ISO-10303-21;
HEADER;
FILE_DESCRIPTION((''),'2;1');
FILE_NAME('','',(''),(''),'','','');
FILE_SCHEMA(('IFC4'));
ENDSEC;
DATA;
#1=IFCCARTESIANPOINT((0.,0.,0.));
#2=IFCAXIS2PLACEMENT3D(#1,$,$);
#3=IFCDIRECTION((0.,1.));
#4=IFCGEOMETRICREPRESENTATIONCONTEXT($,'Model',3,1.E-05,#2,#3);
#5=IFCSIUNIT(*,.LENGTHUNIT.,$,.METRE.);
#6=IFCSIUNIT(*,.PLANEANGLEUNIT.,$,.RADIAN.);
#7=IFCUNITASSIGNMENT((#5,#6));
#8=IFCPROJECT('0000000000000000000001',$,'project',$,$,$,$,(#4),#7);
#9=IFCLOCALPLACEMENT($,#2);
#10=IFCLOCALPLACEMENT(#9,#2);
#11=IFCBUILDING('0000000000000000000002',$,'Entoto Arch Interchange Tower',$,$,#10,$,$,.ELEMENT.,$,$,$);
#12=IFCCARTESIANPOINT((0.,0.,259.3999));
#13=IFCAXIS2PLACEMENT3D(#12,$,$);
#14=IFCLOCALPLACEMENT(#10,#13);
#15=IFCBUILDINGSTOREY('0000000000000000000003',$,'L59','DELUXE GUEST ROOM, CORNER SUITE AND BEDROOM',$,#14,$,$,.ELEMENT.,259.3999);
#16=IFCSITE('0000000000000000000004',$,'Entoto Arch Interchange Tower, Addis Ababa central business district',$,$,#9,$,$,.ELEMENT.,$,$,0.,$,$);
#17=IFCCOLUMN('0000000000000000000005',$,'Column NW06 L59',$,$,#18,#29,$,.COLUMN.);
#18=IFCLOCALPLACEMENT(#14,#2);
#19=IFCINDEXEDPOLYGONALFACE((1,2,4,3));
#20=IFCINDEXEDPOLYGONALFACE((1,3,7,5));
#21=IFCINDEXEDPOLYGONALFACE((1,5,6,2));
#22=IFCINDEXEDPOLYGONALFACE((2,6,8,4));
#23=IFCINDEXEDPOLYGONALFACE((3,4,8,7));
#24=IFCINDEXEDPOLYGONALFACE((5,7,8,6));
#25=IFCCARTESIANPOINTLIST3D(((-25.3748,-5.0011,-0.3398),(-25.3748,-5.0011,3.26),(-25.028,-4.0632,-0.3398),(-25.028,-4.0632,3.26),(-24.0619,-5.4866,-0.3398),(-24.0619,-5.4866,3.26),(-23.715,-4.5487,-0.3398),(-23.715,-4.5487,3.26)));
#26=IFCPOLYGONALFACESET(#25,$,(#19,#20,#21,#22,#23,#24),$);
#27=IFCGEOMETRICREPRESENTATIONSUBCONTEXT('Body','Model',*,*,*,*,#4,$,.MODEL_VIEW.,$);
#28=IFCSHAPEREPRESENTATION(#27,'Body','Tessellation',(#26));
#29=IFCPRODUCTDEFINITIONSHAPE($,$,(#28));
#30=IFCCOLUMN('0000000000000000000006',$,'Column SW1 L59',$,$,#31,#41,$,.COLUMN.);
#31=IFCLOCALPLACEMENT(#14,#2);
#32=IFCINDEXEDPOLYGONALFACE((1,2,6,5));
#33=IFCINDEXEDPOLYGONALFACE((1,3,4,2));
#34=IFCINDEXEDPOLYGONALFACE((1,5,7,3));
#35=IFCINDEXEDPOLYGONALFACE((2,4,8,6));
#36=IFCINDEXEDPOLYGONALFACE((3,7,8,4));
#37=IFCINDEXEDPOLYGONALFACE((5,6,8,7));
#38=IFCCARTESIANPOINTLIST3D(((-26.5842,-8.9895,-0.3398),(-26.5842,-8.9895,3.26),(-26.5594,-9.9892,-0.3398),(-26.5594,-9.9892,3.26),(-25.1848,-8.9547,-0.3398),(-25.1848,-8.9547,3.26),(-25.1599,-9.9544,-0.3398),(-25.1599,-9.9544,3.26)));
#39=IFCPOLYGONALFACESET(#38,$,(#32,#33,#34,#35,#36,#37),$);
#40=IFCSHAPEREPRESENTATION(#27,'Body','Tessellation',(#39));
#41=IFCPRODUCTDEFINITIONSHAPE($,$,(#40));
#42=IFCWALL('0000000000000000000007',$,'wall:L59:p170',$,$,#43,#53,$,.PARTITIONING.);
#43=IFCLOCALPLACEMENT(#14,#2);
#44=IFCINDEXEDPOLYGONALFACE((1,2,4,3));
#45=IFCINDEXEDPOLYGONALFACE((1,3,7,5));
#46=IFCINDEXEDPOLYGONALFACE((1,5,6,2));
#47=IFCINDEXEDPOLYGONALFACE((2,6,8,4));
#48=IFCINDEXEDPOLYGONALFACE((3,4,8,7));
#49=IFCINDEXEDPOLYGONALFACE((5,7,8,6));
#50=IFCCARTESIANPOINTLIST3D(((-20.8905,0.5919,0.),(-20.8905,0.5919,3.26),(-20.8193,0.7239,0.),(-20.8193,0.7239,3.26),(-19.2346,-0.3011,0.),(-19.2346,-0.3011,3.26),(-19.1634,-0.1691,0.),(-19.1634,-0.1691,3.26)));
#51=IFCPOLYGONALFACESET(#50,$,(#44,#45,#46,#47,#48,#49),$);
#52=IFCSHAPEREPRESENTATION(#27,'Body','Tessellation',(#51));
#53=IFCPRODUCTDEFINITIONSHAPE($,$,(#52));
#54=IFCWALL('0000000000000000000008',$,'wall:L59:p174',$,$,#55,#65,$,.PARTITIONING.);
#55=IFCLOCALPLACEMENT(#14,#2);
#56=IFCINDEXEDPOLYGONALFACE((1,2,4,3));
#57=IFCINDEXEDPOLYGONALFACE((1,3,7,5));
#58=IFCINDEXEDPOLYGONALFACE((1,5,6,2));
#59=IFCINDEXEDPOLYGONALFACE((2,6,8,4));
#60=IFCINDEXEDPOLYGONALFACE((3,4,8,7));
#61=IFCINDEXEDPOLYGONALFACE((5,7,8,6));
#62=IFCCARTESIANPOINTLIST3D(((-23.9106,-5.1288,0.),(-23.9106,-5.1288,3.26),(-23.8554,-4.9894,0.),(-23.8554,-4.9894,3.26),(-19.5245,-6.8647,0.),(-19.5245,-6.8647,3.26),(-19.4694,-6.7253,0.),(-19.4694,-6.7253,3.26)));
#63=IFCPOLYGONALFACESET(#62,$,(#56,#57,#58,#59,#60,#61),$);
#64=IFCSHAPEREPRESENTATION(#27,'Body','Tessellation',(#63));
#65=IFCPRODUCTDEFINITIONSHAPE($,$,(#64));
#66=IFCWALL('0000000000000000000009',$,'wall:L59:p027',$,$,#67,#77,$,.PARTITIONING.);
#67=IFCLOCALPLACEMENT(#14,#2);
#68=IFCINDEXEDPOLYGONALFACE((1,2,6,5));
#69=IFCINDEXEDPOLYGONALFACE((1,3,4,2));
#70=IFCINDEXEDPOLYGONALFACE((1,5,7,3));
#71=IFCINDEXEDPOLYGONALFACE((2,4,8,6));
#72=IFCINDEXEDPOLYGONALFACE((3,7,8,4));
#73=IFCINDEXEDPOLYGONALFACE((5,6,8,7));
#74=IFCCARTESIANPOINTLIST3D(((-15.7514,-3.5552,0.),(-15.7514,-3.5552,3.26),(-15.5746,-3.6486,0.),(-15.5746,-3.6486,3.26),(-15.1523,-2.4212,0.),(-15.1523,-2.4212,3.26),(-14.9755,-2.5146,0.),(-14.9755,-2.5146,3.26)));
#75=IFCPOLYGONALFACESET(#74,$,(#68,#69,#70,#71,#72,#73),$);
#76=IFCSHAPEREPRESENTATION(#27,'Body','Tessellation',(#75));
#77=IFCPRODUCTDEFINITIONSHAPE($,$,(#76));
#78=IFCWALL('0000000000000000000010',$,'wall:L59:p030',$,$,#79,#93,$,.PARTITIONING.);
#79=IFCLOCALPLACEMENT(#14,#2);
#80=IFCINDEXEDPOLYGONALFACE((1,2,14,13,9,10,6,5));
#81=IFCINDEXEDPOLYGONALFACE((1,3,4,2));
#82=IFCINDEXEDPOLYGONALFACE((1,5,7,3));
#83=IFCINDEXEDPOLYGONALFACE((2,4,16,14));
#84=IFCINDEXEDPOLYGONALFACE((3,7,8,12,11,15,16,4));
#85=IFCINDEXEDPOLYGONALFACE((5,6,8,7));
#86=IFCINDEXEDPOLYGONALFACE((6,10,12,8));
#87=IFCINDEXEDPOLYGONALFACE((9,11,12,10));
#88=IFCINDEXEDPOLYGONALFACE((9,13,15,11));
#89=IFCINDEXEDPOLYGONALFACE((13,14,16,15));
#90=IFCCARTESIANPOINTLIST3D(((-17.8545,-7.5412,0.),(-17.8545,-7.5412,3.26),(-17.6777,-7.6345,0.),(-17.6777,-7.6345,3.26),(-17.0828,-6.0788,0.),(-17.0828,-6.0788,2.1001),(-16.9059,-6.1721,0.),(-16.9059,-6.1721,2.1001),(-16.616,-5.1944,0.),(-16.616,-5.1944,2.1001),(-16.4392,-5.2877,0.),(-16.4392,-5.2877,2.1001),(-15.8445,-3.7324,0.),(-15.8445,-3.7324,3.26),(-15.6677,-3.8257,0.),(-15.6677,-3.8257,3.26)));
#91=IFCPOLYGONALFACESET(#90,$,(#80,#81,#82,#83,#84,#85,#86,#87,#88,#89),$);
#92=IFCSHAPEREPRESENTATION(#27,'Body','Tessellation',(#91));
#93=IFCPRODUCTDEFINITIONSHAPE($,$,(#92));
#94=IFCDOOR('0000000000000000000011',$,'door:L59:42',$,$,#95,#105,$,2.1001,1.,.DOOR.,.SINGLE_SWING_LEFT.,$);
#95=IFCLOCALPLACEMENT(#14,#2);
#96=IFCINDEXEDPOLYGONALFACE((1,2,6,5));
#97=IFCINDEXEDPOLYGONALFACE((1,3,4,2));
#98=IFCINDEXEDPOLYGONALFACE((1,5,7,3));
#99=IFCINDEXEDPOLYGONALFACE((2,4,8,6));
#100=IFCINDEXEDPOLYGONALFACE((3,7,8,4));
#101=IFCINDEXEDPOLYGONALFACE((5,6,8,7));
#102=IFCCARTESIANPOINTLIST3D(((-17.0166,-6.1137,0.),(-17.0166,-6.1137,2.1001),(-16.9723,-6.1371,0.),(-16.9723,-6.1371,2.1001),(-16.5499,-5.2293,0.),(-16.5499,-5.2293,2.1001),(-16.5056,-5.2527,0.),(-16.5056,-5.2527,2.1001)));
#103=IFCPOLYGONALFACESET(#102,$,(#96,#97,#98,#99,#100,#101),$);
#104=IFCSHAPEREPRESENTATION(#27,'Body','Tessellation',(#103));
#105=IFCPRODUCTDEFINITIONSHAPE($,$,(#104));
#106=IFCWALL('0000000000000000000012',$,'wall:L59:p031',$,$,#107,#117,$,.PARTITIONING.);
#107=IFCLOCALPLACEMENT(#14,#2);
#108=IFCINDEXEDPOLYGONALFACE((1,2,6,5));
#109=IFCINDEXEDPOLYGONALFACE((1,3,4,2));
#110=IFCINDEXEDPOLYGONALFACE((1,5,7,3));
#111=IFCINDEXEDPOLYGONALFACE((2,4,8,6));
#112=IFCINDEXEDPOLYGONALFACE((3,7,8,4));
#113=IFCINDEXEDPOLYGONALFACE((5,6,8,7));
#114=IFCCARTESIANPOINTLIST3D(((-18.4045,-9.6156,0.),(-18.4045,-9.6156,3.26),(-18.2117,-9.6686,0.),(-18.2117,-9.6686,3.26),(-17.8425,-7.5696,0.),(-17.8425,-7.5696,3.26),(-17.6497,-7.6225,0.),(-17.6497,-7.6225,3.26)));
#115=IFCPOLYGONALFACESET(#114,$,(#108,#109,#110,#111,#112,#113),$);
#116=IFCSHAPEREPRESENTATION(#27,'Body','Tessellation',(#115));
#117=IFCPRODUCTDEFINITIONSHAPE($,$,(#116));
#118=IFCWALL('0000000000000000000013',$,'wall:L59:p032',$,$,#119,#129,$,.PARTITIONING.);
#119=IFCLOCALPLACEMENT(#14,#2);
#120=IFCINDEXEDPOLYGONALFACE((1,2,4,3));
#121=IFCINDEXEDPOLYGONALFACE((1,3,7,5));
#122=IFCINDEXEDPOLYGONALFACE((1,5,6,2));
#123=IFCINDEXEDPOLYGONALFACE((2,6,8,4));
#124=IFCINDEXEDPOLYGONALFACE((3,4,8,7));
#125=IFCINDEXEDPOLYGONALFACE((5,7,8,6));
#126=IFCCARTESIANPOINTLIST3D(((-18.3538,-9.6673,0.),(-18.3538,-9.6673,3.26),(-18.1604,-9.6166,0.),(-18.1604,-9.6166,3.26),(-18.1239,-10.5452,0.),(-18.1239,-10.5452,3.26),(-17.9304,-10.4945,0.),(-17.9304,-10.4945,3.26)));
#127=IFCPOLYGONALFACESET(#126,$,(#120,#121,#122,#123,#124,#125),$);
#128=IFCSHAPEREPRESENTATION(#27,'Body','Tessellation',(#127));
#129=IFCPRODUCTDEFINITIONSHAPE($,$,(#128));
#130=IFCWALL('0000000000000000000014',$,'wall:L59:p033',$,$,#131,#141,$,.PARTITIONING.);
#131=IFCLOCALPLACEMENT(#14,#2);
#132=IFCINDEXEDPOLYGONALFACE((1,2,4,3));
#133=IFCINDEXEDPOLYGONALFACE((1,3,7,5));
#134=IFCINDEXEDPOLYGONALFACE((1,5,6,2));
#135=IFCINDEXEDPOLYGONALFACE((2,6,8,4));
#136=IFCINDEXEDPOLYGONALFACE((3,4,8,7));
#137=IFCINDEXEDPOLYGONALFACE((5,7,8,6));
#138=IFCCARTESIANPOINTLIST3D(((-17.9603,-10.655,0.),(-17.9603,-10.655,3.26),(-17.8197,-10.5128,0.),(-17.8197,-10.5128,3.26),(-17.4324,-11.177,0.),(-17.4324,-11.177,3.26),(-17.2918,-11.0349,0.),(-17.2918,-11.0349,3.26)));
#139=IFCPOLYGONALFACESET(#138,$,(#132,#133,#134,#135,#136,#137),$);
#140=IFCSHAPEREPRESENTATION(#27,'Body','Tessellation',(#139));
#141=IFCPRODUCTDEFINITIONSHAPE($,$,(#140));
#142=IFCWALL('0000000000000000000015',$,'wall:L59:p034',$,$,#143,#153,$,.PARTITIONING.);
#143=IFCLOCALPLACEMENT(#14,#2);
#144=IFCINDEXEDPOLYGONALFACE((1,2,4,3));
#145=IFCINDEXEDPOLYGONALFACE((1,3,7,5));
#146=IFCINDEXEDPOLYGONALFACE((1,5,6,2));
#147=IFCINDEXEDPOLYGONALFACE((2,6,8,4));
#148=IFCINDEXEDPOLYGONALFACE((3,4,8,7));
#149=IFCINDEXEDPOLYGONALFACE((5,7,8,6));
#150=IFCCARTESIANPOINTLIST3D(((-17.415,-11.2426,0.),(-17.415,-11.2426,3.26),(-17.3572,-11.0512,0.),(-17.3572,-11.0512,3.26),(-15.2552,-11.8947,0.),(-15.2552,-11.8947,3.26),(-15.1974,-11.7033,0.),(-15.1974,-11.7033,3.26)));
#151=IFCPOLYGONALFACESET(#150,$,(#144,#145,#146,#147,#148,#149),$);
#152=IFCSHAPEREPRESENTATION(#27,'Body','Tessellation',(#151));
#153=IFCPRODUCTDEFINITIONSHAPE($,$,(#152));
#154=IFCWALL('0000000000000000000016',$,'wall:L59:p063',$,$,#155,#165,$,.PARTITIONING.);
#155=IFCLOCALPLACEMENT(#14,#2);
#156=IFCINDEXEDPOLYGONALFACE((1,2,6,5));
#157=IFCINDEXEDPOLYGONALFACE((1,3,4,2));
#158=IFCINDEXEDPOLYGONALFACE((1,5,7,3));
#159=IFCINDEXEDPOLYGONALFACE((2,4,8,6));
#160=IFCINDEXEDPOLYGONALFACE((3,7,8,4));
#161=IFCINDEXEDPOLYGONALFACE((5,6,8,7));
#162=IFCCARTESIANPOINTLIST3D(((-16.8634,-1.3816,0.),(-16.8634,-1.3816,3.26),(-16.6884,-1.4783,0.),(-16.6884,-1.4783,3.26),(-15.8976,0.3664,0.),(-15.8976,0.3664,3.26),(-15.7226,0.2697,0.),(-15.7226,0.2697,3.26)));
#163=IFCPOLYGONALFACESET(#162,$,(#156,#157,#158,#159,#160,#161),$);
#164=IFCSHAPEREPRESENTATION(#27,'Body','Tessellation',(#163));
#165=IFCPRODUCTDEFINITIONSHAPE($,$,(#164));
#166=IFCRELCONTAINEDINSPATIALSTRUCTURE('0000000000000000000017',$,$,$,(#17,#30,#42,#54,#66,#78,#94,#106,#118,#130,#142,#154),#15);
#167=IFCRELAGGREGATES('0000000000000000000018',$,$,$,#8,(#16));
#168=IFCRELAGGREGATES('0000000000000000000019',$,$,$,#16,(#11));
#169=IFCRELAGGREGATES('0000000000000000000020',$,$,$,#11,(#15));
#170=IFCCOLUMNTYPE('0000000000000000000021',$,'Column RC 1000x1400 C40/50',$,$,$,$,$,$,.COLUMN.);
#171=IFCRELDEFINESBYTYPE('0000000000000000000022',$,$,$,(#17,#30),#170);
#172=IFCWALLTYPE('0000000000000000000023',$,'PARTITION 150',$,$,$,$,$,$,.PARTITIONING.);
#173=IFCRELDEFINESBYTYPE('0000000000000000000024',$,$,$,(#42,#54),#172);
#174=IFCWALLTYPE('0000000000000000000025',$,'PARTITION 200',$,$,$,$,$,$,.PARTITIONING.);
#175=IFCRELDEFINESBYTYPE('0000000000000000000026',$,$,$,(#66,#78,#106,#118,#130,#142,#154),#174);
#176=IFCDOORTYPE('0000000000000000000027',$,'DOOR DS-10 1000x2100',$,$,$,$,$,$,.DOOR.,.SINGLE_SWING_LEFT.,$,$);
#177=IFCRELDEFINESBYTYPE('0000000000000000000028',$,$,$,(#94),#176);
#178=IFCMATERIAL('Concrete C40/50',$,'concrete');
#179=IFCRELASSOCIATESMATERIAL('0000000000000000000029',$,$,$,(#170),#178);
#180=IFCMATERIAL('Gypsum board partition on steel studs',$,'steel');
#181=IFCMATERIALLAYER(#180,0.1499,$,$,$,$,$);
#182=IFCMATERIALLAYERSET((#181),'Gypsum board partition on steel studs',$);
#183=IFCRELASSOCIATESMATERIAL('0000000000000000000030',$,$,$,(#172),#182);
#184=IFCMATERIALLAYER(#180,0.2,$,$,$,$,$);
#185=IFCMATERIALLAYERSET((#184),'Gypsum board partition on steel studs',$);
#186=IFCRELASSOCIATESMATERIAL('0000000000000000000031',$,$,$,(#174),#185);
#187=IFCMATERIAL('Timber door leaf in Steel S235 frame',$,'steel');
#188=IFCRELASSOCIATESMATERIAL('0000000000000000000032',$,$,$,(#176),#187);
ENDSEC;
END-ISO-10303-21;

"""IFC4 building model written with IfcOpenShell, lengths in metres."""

from ifc_helpers import new_model, si_unit, direction, frame, frame_2d, origin, origin_2d, place, context, subcontext, project, spatial, rectangle, extrude, material, layer, layer_set, material_profile, profile_set, type_object, element, fill, save


model = new_model("IFC4")

# Units and contexts
model_context = context("Model", 3, precision=1e-05, world=origin(), true_north=direction((0.0, 1.0)))
body_context = subcontext(model_context, "Body", "Model", "MODEL_VIEW")
ifc_project = project(units=[si_unit("LENGTHUNIT", "METRE"), si_unit("PLANEANGLEUNIT", "RADIAN")], contexts=[model_context])

# Site, building, storey
site_placement = place(None, origin())
site = spatial("IfcSite", under=ifc_project, at=site_placement, Name="Entoto Arch Interchange Tower, Addis Ababa central business district", CompositionType="ELEMENT", RefElevation=0.0)
building_placement = place(site_placement, origin())
building = spatial("IfcBuilding", under=site, at=building_placement, Name="Entoto Arch Interchange Tower", CompositionType="ELEMENT")
storey_placement = place(building_placement, frame((0.0, 0.0, 259.3999)))
storey = spatial("IfcBuildingStorey", under=building, at=storey_placement, Name="L59", Description="DELUXE GUEST ROOM, CORNER SUITE AND BEDROOM", CompositionType="ELEMENT", Elevation=259.3999)

# Columns
ifc_material_1 = material(Name="Concrete C40/50", Category="concrete")
ifc_material_profile = material_profile(ifc_material_1, rectangle(XDim=1.0, YDim=1.3999, at=origin_2d()))
ifc_profile_set = profile_set([ifc_material_profile], Name="Concrete C40/50")
column_type = type_object("IfcColumnType", Name="Column RC 1000x1400 C40/50", PredefinedType="COLUMN", material=ifc_profile_set)
for number, where, z_axis, x_axis, name in (
    (1, (-24.5449, -4.7749, -0.3398), (0.0, 0.0, 1.0), (0.346854, 0.937919, 0.0), "Column NW06 L59"),
    (2, (-25.8721, -9.4719, -0.3398), (0.0, 0.0, 1.0), (-0.024833, 0.999692, 0.0), "Column SW1 L59"),
):
    element("IfcColumn", number, at=place(storey_placement, frame(where, z_axis=z_axis, x_axis=x_axis)), inside=storey, type_object=column_type, Name=name, PredefinedType="COLUMN", context=body_context, shape_type="SweptSolid", body=[
        extrude(rectangle(XDim=1.0, YDim=1.3999, at=origin_2d()), origin(), (0.0, 0.0, 1.0), 3.5999),
    ])

# Walls
ifc_material_2 = material(Name="Gypsum board partition on steel studs", Category="steel")
ifc_layer_1 = layer(ifc_material_2, 0.1499)
ifc_layer_set_1 = layer_set([ifc_layer_1], Name="Gypsum board partition on steel studs")
wall_type_1 = type_object("IfcWallType", Name="PARTITION 150", PredefinedType="PARTITIONING", material=ifc_layer_set_1)
wall_1_placement = place(storey_placement, frame((-19.199, -0.2351, 0.0), z_axis=(0.0, 0.0, 1.0), x_axis=(-0.880167, 0.474665, 0.0)))
element("IfcWall", 3, at=wall_1_placement, inside=storey, type_object=wall_type_1, Name="wall:L59:p170", PredefinedType="PARTITIONING", context=body_context, shape_type="SweptSolid", body=[
    extrude(rectangle(XDim=1.8813, YDim=0.1499, at=frame_2d((0.9407, 0.0))), origin(), (0.0, 0.0, 1.0), 3.26),
])
wall_2_placement = place(storey_placement, frame((-19.4971, -6.7949, 0.0), z_axis=(0.0, 0.0, 1.0), x_axis=(-0.929827, 0.367997, 0.0)))
element("IfcWall", 4, at=wall_2_placement, inside=storey, type_object=wall_type_1, Name="wall:L59:p174", PredefinedType="PARTITIONING", context=body_context, shape_type="SweptSolid", body=[
    extrude(rectangle(XDim=4.717, YDim=0.1499, at=frame_2d((2.3584, 0.0))), origin(), (0.0, 0.0, 1.0), 3.26),
])
ifc_layer_2 = layer(ifc_material_2, 0.2)
ifc_layer_set_2 = layer_set([ifc_layer_2], Name="Gypsum board partition on steel studs")
wall_type_2 = type_object("IfcWallType", Name="PARTITION 200", PredefinedType="PARTITIONING", material=ifc_layer_set_2)
wall_3_placement = place(storey_placement, frame((-15.064, -2.468, 0.0), z_axis=(0.0, 0.0, 1.0), x_axis=(-0.467127, -0.88419, 0.0)))
element("IfcWall", 5, at=wall_3_placement, inside=storey, type_object=wall_type_2, Name="wall:L59:p027", PredefinedType="PARTITIONING", context=body_context, shape_type="SweptSolid", body=[
    extrude(rectangle(XDim=1.2825, YDim=0.2, at=frame_2d((0.6411, 0.0))), origin(), (0.0, 0.0, 1.0), 3.26),
])

# Wall, opening, door
wall_4_placement = place(storey_placement, frame((-15.7561, -3.7791, 0.0), z_axis=(0.0, 0.0, 1.0), x_axis=(-0.46672, -0.884405, 0.0)))
wall_4 = element("IfcWall", 6, at=wall_4_placement, inside=storey, type_object=wall_type_2, Name="wall:L59:p030", PredefinedType="PARTITIONING", context=body_context, shape_type="SweptSolid", body=[
    extrude(rectangle(XDim=4.3066, YDim=0.2, at=frame_2d((2.1533, 0.0))), origin(), (0.0, 0.0, 1.0), 3.26),
])
opening_1_placement = place(wall_4_placement, frame((1.6531, 0.0, 0.0)))
opening_1 = element("IfcOpeningElement", 7, at=opening_1_placement, cuts=wall_4, PredefinedType="OPENING", context=body_context, shape_type="SweptSolid", body=[
    extrude(rectangle(XDim=1.0, YDim=2.1001, at=frame_2d((0.5, 1.05))), frame((0.0, 0.1099, 0.0), z_axis=(0.0, -1.0, 0.0), x_axis=(1.0, 0.0, 0.0)), (0.0, 0.0, 1.0), 0.22),
])
ifc_material_3 = material(Name="Timber door leaf in Steel S235 frame", Category="steel")
door_type_1 = type_object("IfcDoorType", Name="DOOR DS-10 1000x2100", OperationType="SINGLE_SWING_LEFT", PredefinedType="DOOR", material=ifc_material_3)
door_1_placement = place(opening_1_placement, origin())
door_1 = element("IfcDoor", 8, at=door_1_placement, inside=storey, type_object=door_type_1, Name="door:L59:42", OperationType="SINGLE_SWING_LEFT", OverallHeight=2.1001, OverallWidth=1.0, PredefinedType="DOOR", context=body_context, shape_type="SweptSolid", body=[
    extrude(rectangle(XDim=1.0, YDim=2.1001, at=frame_2d((0.5, 1.05))), frame((0.0, 0.0249, 0.0), z_axis=(0.0, -1.0, 0.0), x_axis=(1.0, 0.0, 0.0)), (0.0, 0.0, 1.0), 0.05),
])
fill(opening_1, door_1)

# Walls
wall_5_placement = place(storey_placement, frame((-17.7461, -7.5959, 0.0), z_axis=(0.0, 0.0, 1.0), x_axis=(-0.26486, -0.964287, 0.0)))
element("IfcWall", 9, at=wall_5_placement, inside=storey, type_object=wall_type_2, Name="wall:L59:p031", PredefinedType="PARTITIONING", context=body_context, shape_type="SweptSolid", body=[
    extrude(rectangle(XDim=2.1218, YDim=0.2, at=frame_2d((1.061, 0.0))), origin(), (0.0, 0.0, 1.0), 3.26),
])
wall_6_placement = place(storey_placement, frame((-18.2571, -9.6421, 0.0), z_axis=(0.0, 0.0, 1.0), x_axis=(0.253407, -0.96736, 0.0)))
element("IfcWall", 10, at=wall_6_placement, inside=storey, type_object=wall_type_2, Name="wall:L59:p032", PredefinedType="PARTITIONING", context=body_context, shape_type="SweptSolid", body=[
    extrude(rectangle(XDim=0.9075, YDim=0.2, at=frame_2d((0.4536, 0.0))), origin(), (0.0, 0.0, 1.0), 3.26),
])
wall_7_placement = place(storey_placement, frame((-17.8899, -10.584, 0.0), z_axis=(0.0, 0.0, 1.0), x_axis=(0.711042, -0.703149, 0.0)))
element("IfcWall", 11, at=wall_7_placement, inside=storey, type_object=wall_type_2, Name="wall:L59:p033", PredefinedType="PARTITIONING", context=body_context, shape_type="SweptSolid", body=[
    extrude(rectangle(XDim=0.7424, YDim=0.2, at=frame_2d((0.3711, 0.0))), origin(), (0.0, 0.0, 1.0), 3.26),
])
wall_8_placement = place(storey_placement, frame((-17.386, -11.147, 0.0), z_axis=(0.0, 0.0, 1.0), x_axis=(0.957321, -0.289025, 0.0)))
element("IfcWall", 12, at=wall_8_placement, inside=storey, type_object=wall_type_2, Name="wall:L59:p034", PredefinedType="PARTITIONING", context=body_context, shape_type="SweptSolid", body=[
    extrude(rectangle(XDim=2.2561, YDim=0.2, at=frame_2d((1.1279, 0.0))), origin(), (0.0, 0.0, 1.0), 3.26),
])
wall_9_placement = place(storey_placement, frame((-16.7759, -1.4299, 0.0), z_axis=(0.0, 0.0, 1.0), x_axis=(0.483607, 0.875285, 0.0)))
element("IfcWall", 13, at=wall_9_placement, inside=storey, type_object=wall_type_2, Name="wall:L59:p063", PredefinedType="PARTITIONING", context=body_context, shape_type="SweptSolid", body=[
    extrude(rectangle(XDim=1.9971, YDim=0.2, at=frame_2d((0.9985, 0.0))), origin(), (0.0, 0.0, 1.0), 3.26),
])

save(model, "model.ifc")
